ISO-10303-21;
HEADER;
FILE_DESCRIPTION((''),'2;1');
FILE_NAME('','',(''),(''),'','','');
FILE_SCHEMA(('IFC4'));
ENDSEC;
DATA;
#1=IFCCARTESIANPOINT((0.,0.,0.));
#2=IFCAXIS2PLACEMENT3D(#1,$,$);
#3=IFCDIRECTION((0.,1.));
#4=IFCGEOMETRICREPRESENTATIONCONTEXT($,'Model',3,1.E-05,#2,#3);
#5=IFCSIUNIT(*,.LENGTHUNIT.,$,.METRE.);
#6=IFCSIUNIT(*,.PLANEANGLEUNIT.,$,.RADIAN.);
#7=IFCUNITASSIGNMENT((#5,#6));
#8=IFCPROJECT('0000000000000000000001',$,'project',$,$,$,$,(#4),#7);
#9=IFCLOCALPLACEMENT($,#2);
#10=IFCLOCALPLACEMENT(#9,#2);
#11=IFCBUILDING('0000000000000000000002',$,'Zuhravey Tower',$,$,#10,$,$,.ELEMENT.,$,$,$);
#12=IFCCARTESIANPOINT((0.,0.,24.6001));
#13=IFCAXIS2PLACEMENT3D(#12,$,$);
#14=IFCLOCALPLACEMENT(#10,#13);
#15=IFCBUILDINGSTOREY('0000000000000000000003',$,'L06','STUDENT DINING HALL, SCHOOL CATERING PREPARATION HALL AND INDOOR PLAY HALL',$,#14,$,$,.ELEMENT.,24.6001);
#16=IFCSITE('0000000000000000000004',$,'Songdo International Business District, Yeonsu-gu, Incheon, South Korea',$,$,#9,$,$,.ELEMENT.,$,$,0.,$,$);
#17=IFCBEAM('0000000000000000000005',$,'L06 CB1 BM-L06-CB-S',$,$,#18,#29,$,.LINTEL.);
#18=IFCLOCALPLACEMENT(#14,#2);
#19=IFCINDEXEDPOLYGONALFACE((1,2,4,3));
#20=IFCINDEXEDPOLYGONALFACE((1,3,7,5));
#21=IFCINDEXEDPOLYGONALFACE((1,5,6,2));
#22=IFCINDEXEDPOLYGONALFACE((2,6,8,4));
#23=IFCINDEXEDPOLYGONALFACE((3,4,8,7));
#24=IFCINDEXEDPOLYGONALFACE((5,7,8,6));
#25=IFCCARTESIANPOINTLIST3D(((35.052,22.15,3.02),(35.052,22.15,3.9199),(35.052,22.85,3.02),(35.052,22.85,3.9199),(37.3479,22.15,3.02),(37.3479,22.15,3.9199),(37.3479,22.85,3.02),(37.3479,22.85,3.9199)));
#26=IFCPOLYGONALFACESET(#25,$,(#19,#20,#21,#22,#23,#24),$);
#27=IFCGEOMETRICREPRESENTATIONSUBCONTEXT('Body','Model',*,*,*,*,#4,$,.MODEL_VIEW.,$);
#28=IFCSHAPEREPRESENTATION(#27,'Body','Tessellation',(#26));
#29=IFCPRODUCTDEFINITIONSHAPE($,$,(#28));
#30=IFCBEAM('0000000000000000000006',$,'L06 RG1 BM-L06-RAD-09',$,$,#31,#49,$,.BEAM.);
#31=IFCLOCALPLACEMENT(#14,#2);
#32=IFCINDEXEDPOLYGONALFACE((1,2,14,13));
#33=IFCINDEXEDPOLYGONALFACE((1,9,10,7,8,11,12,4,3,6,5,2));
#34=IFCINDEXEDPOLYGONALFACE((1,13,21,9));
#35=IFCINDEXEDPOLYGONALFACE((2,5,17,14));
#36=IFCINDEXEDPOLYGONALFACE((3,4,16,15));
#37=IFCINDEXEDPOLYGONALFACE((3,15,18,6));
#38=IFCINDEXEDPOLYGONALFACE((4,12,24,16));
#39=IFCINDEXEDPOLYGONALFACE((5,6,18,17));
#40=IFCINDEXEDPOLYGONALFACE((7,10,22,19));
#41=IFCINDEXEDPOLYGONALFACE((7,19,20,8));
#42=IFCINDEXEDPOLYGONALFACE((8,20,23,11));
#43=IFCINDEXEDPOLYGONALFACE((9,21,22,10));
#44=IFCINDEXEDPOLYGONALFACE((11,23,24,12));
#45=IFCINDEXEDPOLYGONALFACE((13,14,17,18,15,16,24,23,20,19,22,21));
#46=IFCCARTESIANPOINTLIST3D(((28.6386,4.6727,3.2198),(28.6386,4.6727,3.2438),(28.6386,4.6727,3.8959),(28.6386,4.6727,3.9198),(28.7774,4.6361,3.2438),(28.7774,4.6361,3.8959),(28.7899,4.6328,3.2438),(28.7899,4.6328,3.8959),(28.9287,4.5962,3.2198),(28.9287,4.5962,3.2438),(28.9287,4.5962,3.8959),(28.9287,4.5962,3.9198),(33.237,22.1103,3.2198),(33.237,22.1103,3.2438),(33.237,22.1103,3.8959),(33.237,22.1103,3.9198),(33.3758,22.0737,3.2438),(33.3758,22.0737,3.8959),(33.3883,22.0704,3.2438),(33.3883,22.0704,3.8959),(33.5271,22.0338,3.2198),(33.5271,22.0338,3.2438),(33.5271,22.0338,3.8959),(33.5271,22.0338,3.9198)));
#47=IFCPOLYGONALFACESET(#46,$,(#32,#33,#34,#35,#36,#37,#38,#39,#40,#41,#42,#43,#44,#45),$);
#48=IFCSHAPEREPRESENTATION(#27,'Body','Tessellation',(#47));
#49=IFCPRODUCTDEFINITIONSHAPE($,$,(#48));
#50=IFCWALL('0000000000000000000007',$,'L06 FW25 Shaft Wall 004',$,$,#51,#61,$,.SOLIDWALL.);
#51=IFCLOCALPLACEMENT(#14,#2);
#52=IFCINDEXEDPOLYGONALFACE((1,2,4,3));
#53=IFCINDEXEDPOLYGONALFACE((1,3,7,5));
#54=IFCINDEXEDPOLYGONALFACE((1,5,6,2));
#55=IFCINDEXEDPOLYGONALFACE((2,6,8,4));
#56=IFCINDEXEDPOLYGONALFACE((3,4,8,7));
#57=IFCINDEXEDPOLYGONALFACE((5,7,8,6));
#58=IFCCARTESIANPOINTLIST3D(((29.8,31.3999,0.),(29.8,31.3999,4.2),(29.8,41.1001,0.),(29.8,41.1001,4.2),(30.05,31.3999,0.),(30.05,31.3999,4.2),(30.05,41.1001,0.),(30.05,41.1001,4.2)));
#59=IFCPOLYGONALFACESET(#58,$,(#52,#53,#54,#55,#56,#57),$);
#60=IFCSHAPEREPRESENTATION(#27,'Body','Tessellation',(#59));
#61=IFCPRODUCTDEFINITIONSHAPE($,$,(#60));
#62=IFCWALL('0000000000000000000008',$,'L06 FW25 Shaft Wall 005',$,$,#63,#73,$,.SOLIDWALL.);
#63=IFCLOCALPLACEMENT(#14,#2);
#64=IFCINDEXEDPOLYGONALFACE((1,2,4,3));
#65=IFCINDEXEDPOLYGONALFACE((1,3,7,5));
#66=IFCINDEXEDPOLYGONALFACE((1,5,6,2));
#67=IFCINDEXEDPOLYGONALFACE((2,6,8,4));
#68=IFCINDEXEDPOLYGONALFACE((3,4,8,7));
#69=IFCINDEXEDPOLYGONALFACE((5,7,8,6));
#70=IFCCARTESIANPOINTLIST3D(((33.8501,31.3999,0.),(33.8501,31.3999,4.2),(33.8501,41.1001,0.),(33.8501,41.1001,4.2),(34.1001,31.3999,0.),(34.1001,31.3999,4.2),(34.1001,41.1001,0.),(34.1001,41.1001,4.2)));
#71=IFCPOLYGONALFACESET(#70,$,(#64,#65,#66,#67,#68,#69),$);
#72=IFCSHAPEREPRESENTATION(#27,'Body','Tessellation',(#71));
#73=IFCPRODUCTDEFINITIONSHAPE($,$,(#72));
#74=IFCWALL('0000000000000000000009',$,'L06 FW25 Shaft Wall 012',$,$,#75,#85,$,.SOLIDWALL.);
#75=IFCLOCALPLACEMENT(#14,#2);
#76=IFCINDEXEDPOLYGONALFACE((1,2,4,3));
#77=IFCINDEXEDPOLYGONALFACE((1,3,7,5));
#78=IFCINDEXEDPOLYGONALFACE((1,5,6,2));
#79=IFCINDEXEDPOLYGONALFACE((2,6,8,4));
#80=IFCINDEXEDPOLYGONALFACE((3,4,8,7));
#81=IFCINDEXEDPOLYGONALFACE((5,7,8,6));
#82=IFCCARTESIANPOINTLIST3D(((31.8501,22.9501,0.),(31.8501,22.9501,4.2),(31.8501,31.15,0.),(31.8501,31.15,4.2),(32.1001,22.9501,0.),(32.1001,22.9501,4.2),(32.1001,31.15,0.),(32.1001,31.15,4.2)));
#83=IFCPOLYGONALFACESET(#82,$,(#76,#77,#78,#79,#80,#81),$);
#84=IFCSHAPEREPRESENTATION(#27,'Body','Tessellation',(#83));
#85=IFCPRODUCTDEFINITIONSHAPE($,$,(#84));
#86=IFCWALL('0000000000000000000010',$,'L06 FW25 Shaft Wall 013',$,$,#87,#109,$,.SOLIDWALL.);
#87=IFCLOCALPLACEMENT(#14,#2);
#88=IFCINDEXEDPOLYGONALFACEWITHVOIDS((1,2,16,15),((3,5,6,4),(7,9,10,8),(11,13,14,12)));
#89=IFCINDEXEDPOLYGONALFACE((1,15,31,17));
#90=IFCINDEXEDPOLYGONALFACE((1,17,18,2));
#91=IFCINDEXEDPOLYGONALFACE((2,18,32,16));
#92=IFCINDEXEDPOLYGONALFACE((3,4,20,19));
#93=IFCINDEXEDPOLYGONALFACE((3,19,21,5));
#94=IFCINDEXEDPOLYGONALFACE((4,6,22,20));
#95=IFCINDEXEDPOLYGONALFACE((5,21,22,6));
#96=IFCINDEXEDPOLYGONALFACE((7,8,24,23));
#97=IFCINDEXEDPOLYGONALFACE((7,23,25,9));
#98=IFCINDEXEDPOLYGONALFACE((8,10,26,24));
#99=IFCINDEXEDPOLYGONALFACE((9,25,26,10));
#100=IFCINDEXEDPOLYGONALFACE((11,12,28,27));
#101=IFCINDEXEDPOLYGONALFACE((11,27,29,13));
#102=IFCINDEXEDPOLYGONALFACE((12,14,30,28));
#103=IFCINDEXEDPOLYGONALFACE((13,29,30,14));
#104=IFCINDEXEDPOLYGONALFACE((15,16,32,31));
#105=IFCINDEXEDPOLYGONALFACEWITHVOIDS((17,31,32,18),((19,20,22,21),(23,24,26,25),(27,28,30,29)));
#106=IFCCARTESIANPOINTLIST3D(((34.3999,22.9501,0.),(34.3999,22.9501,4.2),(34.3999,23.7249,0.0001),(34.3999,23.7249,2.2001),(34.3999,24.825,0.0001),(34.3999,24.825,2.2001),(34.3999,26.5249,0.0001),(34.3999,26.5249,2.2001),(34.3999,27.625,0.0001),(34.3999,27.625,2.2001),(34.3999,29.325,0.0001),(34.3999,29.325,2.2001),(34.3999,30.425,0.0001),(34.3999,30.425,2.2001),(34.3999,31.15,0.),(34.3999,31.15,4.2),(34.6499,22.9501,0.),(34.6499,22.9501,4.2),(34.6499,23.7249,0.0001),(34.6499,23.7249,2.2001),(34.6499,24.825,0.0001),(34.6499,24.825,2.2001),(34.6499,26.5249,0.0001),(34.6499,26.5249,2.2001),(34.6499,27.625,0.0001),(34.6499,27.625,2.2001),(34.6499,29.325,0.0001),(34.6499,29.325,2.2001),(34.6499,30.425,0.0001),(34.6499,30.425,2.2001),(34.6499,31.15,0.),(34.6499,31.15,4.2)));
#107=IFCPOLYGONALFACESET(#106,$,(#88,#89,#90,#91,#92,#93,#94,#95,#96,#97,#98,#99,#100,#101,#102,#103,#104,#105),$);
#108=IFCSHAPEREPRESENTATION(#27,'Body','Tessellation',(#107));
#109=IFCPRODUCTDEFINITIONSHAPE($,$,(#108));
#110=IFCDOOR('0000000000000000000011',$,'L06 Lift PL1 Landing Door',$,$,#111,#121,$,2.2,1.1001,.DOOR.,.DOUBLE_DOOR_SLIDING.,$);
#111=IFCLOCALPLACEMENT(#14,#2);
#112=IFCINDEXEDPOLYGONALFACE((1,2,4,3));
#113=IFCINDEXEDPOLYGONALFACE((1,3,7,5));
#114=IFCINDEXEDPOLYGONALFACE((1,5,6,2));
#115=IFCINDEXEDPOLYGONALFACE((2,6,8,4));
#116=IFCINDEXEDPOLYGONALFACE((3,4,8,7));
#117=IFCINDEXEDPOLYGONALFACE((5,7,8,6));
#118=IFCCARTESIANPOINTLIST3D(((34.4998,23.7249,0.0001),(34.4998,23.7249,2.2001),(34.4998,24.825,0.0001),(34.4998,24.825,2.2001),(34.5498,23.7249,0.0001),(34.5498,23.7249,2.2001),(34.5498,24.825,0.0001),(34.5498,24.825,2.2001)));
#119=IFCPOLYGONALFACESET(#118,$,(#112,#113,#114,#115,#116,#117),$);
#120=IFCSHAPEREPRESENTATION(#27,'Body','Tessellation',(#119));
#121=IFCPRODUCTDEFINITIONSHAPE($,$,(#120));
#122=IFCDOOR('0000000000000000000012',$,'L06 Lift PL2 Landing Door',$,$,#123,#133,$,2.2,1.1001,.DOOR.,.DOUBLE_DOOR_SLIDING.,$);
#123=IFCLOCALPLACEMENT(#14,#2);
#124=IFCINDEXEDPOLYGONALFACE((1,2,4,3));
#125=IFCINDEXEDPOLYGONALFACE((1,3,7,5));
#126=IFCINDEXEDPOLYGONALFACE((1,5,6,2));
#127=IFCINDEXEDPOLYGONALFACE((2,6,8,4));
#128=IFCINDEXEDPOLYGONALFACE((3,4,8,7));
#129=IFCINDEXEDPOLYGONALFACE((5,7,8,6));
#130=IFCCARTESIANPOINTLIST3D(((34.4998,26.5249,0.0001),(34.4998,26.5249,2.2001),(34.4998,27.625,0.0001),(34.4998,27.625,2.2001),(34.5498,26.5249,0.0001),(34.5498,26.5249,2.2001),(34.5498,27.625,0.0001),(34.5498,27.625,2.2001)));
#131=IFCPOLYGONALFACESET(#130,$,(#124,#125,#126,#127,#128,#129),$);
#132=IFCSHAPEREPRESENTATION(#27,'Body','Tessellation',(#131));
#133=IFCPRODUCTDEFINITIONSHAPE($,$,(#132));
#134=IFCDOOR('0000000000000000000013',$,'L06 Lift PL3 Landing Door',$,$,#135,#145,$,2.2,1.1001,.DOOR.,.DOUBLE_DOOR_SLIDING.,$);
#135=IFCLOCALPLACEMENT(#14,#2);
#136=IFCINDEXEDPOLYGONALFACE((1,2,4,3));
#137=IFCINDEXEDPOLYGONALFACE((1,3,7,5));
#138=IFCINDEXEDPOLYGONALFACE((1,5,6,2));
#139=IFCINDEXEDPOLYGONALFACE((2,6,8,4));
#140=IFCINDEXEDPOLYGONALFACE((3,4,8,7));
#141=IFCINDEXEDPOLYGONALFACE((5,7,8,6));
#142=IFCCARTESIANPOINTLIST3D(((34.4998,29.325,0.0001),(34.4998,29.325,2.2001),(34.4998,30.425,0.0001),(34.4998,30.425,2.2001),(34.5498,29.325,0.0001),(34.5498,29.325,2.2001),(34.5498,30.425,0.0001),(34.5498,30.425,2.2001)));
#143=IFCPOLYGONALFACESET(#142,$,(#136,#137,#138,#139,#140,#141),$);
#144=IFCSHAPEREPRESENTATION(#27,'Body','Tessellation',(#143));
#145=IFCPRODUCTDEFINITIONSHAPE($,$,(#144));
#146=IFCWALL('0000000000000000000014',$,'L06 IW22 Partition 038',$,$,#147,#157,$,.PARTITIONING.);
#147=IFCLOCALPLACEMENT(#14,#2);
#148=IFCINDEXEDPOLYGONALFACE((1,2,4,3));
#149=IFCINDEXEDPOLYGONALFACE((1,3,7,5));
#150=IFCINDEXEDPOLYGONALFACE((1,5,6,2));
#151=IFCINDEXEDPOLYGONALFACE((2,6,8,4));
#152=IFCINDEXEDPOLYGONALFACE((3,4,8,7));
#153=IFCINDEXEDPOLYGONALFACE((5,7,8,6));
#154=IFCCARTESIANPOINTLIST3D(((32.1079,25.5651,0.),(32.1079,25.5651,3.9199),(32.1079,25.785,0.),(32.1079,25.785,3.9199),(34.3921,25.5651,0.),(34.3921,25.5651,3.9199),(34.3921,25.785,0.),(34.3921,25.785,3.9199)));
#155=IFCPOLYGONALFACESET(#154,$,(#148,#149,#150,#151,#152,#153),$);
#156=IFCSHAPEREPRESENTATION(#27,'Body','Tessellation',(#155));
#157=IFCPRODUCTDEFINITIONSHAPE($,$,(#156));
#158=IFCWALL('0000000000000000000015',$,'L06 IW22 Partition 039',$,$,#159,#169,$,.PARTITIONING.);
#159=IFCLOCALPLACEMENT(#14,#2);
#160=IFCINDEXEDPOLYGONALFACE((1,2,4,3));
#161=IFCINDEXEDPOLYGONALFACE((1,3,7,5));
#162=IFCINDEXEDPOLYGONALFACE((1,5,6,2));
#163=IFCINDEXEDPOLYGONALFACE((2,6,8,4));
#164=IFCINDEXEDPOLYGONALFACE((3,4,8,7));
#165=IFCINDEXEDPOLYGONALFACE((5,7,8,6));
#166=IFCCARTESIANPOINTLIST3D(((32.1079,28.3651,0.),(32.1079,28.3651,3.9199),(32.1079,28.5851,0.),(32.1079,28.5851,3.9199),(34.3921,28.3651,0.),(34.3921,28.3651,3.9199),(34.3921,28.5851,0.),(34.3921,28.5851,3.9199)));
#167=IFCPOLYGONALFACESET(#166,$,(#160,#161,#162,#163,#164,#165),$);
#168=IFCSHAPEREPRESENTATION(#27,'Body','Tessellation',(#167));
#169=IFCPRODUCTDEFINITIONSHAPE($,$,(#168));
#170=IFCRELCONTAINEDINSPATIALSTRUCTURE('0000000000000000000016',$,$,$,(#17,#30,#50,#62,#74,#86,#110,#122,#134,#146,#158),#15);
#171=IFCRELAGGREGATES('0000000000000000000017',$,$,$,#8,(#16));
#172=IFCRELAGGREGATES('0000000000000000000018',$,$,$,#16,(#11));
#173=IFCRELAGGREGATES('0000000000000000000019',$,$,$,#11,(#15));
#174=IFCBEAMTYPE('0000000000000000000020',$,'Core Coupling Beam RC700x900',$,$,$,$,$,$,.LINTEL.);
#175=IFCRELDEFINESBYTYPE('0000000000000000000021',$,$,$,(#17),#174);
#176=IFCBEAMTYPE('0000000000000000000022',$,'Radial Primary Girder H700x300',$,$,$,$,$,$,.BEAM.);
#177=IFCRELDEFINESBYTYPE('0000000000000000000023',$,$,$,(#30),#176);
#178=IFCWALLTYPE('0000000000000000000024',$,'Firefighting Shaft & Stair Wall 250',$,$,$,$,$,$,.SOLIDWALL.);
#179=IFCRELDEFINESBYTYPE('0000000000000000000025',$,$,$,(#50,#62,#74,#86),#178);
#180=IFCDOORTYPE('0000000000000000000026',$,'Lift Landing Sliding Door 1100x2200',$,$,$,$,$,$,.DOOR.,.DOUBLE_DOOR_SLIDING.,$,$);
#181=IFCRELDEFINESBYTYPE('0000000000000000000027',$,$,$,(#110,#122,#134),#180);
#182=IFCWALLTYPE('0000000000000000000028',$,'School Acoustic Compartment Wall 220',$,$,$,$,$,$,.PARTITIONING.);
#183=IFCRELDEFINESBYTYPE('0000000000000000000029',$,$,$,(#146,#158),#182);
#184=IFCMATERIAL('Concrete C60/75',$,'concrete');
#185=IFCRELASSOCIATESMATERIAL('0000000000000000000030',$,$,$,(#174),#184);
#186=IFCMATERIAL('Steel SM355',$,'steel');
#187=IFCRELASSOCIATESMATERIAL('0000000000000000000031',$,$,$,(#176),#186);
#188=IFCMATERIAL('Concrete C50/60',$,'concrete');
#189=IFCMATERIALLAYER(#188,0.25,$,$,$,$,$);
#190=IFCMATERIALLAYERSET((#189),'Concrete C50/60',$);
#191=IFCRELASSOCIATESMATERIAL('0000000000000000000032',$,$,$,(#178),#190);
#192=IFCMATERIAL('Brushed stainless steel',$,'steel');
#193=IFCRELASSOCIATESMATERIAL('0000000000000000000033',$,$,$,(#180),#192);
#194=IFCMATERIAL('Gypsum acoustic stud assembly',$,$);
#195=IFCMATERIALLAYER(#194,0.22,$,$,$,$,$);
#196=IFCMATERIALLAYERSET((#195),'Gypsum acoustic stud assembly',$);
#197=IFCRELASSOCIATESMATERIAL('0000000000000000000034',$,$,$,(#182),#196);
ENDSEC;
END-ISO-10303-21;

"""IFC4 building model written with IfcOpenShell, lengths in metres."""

from ifc_helpers import new_model, si_unit, direction, frame, frame_2d, origin, origin_2d, place, context, subcontext, project, spatial, rectangle, i_section, extrude, material, layer, layer_set, material_profile, profile_set, type_object, element, fill, save


model = new_model("IFC4")

# Units and contexts
model_context = context("Model", 3, precision=1e-05, world=origin(), true_north=direction((0.0, 1.0)))
body_context = subcontext(model_context, "Body", "Model", "MODEL_VIEW")
ifc_project = project(units=[si_unit("LENGTHUNIT", "METRE"), si_unit("PLANEANGLEUNIT", "RADIAN")], contexts=[model_context])

# Site, building, storey
site_placement = place(None, origin())
site = spatial("IfcSite", under=ifc_project, at=site_placement, Name="Songdo International Business District, Yeonsu-gu, Incheon, South Korea", CompositionType="ELEMENT", RefElevation=0.0)
building_placement = place(site_placement, origin())
building = spatial("IfcBuilding", under=site, at=building_placement, Name="Zuhravey Tower", CompositionType="ELEMENT")
storey_placement = place(building_placement, frame((0.0, 0.0, 24.6001)))
storey = spatial("IfcBuildingStorey", under=building, at=storey_placement, Name="L06", Description="STUDENT DINING HALL, SCHOOL CATERING PREPARATION HALL AND INDOOR PLAY HALL", CompositionType="ELEMENT", Elevation=24.6001)

# Beams
ifc_material_1 = material(Name="Concrete C60/75", Category="concrete")
ifc_material_profile_1 = material_profile(ifc_material_1, rectangle(XDim=0.7, YDim=0.8999, at=origin_2d()), Name="RC-700x900")
ifc_profile_set_1 = profile_set([ifc_material_profile_1], Name="Concrete C60/75")
beam_type_1 = type_object("IfcBeamType", Name="Core Coupling Beam RC700x900", PredefinedType="LINTEL", material=ifc_profile_set_1)
beam_1_placement = place(storey_placement, frame((35.052, 22.5, 3.47), z_axis=(1.0, 0.0, 0.0), x_axis=(0.0, 1.0, 0.0)))
element("IfcBeam", 1, at=beam_1_placement, inside=storey, type_object=beam_type_1, Name="L06 CB1 BM-L06-CB-S", PredefinedType="LINTEL", context=body_context, shape_type="SweptSolid", body=[
    extrude(rectangle(XDim=0.7, YDim=0.8999, at=origin_2d()), origin(), (0.0, 0.0, 1.0), 2.2959),
])
ifc_material_2 = material(Name="Steel SM355", Category="steel")
ifc_material_profile_2 = material_profile(ifc_material_2, i_section(OverallWidth=0.3, OverallDepth=0.7, WebThickness=0.0129, FlangeThickness=0.0239, at=origin_2d()), Name="H-700x300x13x24")
ifc_profile_set_2 = profile_set([ifc_material_profile_2], Name="Steel SM355")
beam_type_2 = type_object("IfcBeamType", Name="Radial Primary Girder H700x300", PredefinedType="BEAM", material=ifc_profile_set_2)
beam_2_placement = place(storey_placement, frame((33.3821, 22.072, 3.5698), z_axis=(-0.25499, -0.966944, 0.0), x_axis=(0.966944, -0.25499, 0.0)))
element("IfcBeam", 2, at=beam_2_placement, inside=storey, type_object=beam_type_2, Name="L06 RG1 BM-L06-RAD-09", PredefinedType="BEAM", context=body_context, shape_type="SweptSolid", body=[
    extrude(i_section(OverallWidth=0.3, OverallDepth=0.7, WebThickness=0.0129, FlangeThickness=0.0239, at=origin_2d()), origin(), (0.0, 0.0, 1.0), 18.0337),
])

# Shared definitions
ifc_material_3 = material(Name="Concrete C50/60", Category="concrete")
ifc_layer_1 = layer(ifc_material_3, 0.25)
ifc_layer_set_1 = layer_set([ifc_layer_1], Name="Concrete C50/60")
wall_type_1 = type_object("IfcWallType", Name="Firefighting Shaft & Stair Wall 250", PredefinedType="SOLIDWALL", material=ifc_layer_set_1)

# Walls
for number, where, z_axis, x_axis, name in (
    (3, (29.925, 31.3999, 0.0), (0.0, 0.0, 1.0), (0.0, 1.0, 0.0), "L06 FW25 Shaft Wall 004"),
    (4, (33.9751, 31.3999, 0.0), (0.0, 0.0, 1.0), (0.0, 1.0, 0.0), "L06 FW25 Shaft Wall 005"),
):
    element("IfcWall", number, at=place(storey_placement, frame(where, z_axis=z_axis, x_axis=x_axis)), inside=storey, type_object=wall_type_1, Name=name, PredefinedType="SOLIDWALL", context=body_context, shape_type="SweptSolid", body=[
        extrude(rectangle(XDim=9.7002, YDim=0.25, at=frame_2d((4.8501, 0.0))), origin(), (0.0, 0.0, 1.0), 4.2),
    ])
wall_1_placement = place(storey_placement, frame((31.9751, 22.95, 0.0), z_axis=(0.0, 0.0, 1.0), x_axis=(0.0, 1.0, 0.0)))
element("IfcWall", 5, at=wall_1_placement, inside=storey, type_object=wall_type_1, Name="L06 FW25 Shaft Wall 012", PredefinedType="SOLIDWALL", context=body_context, shape_type="SweptSolid", body=[
    extrude(rectangle(XDim=8.2, YDim=0.25, at=frame_2d((4.1001, 0.0))), origin(), (0.0, 0.0, 1.0), 4.2),
])

# Wall, openings, doors
wall_2_placement = place(storey_placement, frame((34.5249, 22.95, 0.0), z_axis=(0.0, 0.0, 1.0), x_axis=(0.0, 1.0, 0.0)))
wall_2 = element("IfcWall", 6, at=wall_2_placement, inside=storey, type_object=wall_type_1, Name="L06 FW25 Shaft Wall 013", PredefinedType="SOLIDWALL", context=body_context, shape_type="SweptSolid", body=[
    extrude(rectangle(XDim=8.2, YDim=0.25, at=frame_2d((4.1001, 0.0))), origin(), (0.0, 0.0, 1.0), 4.2),
])
opening_1_placement = place(wall_2_placement, frame((0.7749, 0.0, 0.0)))
opening_1 = element("IfcOpeningElement", 7, at=opening_1_placement, cuts=wall_2, PredefinedType="OPENING", context=body_context, shape_type="SweptSolid", body=[
    extrude(rectangle(XDim=1.1001, YDim=2.2, at=frame_2d((0.55, 1.1001))), frame((0.0, 0.137, 0.0), z_axis=(0.0, -1.0, 0.0), x_axis=(1.0, 0.0, 0.0)), (0.0, 0.0, 1.0), 0.2739),
])
opening_2_placement = place(wall_2_placement, frame((3.575, 0.0, 0.0)))
opening_2 = element("IfcOpeningElement", 8, at=opening_2_placement, cuts=wall_2, PredefinedType="OPENING", context=body_context, shape_type="SweptSolid", body=[
    extrude(rectangle(XDim=1.1001, YDim=2.2, at=frame_2d((0.55, 1.1001))), frame((0.0, 0.137, 0.0), z_axis=(0.0, -1.0, 0.0), x_axis=(1.0, 0.0, 0.0)), (0.0, 0.0, 1.0), 0.2739),
])
opening_3_placement = place(wall_2_placement, frame((6.375, 0.0, 0.0)))
opening_3 = element("IfcOpeningElement", 9, at=opening_3_placement, cuts=wall_2, PredefinedType="OPENING", context=body_context, shape_type="SweptSolid", body=[
    extrude(rectangle(XDim=1.1001, YDim=2.2, at=frame_2d((0.55, 1.1001))), frame((0.0, 0.137, 0.0), z_axis=(0.0, -1.0, 0.0), x_axis=(1.0, 0.0, 0.0)), (0.0, 0.0, 1.0), 0.2739),
])
ifc_material_4 = material(Name="Brushed stainless steel", Category="steel")
door_type_1 = type_object("IfcDoorType", Name="Lift Landing Sliding Door 1100x2200", OperationType="DOUBLE_DOOR_SLIDING", PredefinedType="DOOR", material=ifc_material_4)
door_1_placement = place(opening_1_placement, frame((1.1001, 0.0, 0.0), z_axis=(0.0, 0.0, 1.0), x_axis=(-1.0, 0.0, 0.0)))
door_1 = element("IfcDoor", 10, at=door_1_placement, inside=storey, type_object=door_type_1, Name="L06 Lift PL1 Landing Door", OperationType="DOUBLE_DOOR_SLIDING", OverallHeight=2.2, OverallWidth=1.1001, PredefinedType="DOOR", context=body_context, shape_type="SweptSolid", body=[
    extrude(rectangle(XDim=1.1001, YDim=2.2, at=frame_2d((0.55, 1.1001))), frame((0.0, 0.0249, 0.0), z_axis=(0.0, -1.0, 0.0), x_axis=(1.0, 0.0, 0.0)), (0.0, 0.0, 1.0), 0.05),
])
fill(opening_1, door_1)
door_2_placement = place(opening_2_placement, frame((1.1001, 0.0, 0.0), z_axis=(0.0, 0.0, 1.0), x_axis=(-1.0, 0.0, 0.0)))
door_2 = element("IfcDoor", 11, at=door_2_placement, inside=storey, type_object=door_type_1, Name="L06 Lift PL2 Landing Door", OperationType="DOUBLE_DOOR_SLIDING", OverallHeight=2.2, OverallWidth=1.1001, PredefinedType="DOOR", context=body_context, shape_type="SweptSolid", body=[
    extrude(rectangle(XDim=1.1001, YDim=2.2, at=frame_2d((0.55, 1.1001))), frame((0.0, 0.0249, 0.0), z_axis=(0.0, -1.0, 0.0), x_axis=(1.0, 0.0, 0.0)), (0.0, 0.0, 1.0), 0.05),
])
fill(opening_2, door_2)
door_3_placement = place(opening_3_placement, frame((1.1001, 0.0, 0.0), z_axis=(0.0, 0.0, 1.0), x_axis=(-1.0, 0.0, 0.0)))
door_3 = element("IfcDoor", 12, at=door_3_placement, inside=storey, type_object=door_type_1, Name="L06 Lift PL3 Landing Door", OperationType="DOUBLE_DOOR_SLIDING", OverallHeight=2.2, OverallWidth=1.1001, PredefinedType="DOOR", context=body_context, shape_type="SweptSolid", body=[
    extrude(rectangle(XDim=1.1001, YDim=2.2, at=frame_2d((0.55, 1.1001))), frame((0.0, 0.0249, 0.0), z_axis=(0.0, -1.0, 0.0), x_axis=(1.0, 0.0, 0.0)), (0.0, 0.0, 1.0), 0.05),
])
fill(opening_3, door_3)

# Walls
ifc_material_5 = material(Name="Gypsum acoustic stud assembly")
ifc_layer_2 = layer(ifc_material_5, 0.22)
ifc_layer_set_2 = layer_set([ifc_layer_2], Name="Gypsum acoustic stud assembly")
wall_type_2 = type_object("IfcWallType", Name="School Acoustic Compartment Wall 220", PredefinedType="PARTITIONING", material=ifc_layer_set_2)
for number, where, z_axis, x_axis, name in (
    (13, (32.1079, 25.675, 0.0), (0.0, 0.0, 1.0), (1.0, 0.0, 0.0), "L06 IW22 Partition 038"),
    (14, (32.1079, 28.4751, 0.0), (0.0, 0.0, 1.0), (1.0, 0.0, 0.0), "L06 IW22 Partition 039"),
):
    element("IfcWall", number, at=place(storey_placement, frame(where, z_axis=z_axis, x_axis=x_axis)), inside=storey, type_object=wall_type_2, Name=name, PredefinedType="PARTITIONING", context=body_context, shape_type="SweptSolid", body=[
        extrude(rectangle(XDim=2.2842, YDim=0.22, at=frame_2d((1.1421, 0.0))), origin(), (0.0, 0.0, 1.0), 3.9199),
    ])

save(model, "model.ifc")
